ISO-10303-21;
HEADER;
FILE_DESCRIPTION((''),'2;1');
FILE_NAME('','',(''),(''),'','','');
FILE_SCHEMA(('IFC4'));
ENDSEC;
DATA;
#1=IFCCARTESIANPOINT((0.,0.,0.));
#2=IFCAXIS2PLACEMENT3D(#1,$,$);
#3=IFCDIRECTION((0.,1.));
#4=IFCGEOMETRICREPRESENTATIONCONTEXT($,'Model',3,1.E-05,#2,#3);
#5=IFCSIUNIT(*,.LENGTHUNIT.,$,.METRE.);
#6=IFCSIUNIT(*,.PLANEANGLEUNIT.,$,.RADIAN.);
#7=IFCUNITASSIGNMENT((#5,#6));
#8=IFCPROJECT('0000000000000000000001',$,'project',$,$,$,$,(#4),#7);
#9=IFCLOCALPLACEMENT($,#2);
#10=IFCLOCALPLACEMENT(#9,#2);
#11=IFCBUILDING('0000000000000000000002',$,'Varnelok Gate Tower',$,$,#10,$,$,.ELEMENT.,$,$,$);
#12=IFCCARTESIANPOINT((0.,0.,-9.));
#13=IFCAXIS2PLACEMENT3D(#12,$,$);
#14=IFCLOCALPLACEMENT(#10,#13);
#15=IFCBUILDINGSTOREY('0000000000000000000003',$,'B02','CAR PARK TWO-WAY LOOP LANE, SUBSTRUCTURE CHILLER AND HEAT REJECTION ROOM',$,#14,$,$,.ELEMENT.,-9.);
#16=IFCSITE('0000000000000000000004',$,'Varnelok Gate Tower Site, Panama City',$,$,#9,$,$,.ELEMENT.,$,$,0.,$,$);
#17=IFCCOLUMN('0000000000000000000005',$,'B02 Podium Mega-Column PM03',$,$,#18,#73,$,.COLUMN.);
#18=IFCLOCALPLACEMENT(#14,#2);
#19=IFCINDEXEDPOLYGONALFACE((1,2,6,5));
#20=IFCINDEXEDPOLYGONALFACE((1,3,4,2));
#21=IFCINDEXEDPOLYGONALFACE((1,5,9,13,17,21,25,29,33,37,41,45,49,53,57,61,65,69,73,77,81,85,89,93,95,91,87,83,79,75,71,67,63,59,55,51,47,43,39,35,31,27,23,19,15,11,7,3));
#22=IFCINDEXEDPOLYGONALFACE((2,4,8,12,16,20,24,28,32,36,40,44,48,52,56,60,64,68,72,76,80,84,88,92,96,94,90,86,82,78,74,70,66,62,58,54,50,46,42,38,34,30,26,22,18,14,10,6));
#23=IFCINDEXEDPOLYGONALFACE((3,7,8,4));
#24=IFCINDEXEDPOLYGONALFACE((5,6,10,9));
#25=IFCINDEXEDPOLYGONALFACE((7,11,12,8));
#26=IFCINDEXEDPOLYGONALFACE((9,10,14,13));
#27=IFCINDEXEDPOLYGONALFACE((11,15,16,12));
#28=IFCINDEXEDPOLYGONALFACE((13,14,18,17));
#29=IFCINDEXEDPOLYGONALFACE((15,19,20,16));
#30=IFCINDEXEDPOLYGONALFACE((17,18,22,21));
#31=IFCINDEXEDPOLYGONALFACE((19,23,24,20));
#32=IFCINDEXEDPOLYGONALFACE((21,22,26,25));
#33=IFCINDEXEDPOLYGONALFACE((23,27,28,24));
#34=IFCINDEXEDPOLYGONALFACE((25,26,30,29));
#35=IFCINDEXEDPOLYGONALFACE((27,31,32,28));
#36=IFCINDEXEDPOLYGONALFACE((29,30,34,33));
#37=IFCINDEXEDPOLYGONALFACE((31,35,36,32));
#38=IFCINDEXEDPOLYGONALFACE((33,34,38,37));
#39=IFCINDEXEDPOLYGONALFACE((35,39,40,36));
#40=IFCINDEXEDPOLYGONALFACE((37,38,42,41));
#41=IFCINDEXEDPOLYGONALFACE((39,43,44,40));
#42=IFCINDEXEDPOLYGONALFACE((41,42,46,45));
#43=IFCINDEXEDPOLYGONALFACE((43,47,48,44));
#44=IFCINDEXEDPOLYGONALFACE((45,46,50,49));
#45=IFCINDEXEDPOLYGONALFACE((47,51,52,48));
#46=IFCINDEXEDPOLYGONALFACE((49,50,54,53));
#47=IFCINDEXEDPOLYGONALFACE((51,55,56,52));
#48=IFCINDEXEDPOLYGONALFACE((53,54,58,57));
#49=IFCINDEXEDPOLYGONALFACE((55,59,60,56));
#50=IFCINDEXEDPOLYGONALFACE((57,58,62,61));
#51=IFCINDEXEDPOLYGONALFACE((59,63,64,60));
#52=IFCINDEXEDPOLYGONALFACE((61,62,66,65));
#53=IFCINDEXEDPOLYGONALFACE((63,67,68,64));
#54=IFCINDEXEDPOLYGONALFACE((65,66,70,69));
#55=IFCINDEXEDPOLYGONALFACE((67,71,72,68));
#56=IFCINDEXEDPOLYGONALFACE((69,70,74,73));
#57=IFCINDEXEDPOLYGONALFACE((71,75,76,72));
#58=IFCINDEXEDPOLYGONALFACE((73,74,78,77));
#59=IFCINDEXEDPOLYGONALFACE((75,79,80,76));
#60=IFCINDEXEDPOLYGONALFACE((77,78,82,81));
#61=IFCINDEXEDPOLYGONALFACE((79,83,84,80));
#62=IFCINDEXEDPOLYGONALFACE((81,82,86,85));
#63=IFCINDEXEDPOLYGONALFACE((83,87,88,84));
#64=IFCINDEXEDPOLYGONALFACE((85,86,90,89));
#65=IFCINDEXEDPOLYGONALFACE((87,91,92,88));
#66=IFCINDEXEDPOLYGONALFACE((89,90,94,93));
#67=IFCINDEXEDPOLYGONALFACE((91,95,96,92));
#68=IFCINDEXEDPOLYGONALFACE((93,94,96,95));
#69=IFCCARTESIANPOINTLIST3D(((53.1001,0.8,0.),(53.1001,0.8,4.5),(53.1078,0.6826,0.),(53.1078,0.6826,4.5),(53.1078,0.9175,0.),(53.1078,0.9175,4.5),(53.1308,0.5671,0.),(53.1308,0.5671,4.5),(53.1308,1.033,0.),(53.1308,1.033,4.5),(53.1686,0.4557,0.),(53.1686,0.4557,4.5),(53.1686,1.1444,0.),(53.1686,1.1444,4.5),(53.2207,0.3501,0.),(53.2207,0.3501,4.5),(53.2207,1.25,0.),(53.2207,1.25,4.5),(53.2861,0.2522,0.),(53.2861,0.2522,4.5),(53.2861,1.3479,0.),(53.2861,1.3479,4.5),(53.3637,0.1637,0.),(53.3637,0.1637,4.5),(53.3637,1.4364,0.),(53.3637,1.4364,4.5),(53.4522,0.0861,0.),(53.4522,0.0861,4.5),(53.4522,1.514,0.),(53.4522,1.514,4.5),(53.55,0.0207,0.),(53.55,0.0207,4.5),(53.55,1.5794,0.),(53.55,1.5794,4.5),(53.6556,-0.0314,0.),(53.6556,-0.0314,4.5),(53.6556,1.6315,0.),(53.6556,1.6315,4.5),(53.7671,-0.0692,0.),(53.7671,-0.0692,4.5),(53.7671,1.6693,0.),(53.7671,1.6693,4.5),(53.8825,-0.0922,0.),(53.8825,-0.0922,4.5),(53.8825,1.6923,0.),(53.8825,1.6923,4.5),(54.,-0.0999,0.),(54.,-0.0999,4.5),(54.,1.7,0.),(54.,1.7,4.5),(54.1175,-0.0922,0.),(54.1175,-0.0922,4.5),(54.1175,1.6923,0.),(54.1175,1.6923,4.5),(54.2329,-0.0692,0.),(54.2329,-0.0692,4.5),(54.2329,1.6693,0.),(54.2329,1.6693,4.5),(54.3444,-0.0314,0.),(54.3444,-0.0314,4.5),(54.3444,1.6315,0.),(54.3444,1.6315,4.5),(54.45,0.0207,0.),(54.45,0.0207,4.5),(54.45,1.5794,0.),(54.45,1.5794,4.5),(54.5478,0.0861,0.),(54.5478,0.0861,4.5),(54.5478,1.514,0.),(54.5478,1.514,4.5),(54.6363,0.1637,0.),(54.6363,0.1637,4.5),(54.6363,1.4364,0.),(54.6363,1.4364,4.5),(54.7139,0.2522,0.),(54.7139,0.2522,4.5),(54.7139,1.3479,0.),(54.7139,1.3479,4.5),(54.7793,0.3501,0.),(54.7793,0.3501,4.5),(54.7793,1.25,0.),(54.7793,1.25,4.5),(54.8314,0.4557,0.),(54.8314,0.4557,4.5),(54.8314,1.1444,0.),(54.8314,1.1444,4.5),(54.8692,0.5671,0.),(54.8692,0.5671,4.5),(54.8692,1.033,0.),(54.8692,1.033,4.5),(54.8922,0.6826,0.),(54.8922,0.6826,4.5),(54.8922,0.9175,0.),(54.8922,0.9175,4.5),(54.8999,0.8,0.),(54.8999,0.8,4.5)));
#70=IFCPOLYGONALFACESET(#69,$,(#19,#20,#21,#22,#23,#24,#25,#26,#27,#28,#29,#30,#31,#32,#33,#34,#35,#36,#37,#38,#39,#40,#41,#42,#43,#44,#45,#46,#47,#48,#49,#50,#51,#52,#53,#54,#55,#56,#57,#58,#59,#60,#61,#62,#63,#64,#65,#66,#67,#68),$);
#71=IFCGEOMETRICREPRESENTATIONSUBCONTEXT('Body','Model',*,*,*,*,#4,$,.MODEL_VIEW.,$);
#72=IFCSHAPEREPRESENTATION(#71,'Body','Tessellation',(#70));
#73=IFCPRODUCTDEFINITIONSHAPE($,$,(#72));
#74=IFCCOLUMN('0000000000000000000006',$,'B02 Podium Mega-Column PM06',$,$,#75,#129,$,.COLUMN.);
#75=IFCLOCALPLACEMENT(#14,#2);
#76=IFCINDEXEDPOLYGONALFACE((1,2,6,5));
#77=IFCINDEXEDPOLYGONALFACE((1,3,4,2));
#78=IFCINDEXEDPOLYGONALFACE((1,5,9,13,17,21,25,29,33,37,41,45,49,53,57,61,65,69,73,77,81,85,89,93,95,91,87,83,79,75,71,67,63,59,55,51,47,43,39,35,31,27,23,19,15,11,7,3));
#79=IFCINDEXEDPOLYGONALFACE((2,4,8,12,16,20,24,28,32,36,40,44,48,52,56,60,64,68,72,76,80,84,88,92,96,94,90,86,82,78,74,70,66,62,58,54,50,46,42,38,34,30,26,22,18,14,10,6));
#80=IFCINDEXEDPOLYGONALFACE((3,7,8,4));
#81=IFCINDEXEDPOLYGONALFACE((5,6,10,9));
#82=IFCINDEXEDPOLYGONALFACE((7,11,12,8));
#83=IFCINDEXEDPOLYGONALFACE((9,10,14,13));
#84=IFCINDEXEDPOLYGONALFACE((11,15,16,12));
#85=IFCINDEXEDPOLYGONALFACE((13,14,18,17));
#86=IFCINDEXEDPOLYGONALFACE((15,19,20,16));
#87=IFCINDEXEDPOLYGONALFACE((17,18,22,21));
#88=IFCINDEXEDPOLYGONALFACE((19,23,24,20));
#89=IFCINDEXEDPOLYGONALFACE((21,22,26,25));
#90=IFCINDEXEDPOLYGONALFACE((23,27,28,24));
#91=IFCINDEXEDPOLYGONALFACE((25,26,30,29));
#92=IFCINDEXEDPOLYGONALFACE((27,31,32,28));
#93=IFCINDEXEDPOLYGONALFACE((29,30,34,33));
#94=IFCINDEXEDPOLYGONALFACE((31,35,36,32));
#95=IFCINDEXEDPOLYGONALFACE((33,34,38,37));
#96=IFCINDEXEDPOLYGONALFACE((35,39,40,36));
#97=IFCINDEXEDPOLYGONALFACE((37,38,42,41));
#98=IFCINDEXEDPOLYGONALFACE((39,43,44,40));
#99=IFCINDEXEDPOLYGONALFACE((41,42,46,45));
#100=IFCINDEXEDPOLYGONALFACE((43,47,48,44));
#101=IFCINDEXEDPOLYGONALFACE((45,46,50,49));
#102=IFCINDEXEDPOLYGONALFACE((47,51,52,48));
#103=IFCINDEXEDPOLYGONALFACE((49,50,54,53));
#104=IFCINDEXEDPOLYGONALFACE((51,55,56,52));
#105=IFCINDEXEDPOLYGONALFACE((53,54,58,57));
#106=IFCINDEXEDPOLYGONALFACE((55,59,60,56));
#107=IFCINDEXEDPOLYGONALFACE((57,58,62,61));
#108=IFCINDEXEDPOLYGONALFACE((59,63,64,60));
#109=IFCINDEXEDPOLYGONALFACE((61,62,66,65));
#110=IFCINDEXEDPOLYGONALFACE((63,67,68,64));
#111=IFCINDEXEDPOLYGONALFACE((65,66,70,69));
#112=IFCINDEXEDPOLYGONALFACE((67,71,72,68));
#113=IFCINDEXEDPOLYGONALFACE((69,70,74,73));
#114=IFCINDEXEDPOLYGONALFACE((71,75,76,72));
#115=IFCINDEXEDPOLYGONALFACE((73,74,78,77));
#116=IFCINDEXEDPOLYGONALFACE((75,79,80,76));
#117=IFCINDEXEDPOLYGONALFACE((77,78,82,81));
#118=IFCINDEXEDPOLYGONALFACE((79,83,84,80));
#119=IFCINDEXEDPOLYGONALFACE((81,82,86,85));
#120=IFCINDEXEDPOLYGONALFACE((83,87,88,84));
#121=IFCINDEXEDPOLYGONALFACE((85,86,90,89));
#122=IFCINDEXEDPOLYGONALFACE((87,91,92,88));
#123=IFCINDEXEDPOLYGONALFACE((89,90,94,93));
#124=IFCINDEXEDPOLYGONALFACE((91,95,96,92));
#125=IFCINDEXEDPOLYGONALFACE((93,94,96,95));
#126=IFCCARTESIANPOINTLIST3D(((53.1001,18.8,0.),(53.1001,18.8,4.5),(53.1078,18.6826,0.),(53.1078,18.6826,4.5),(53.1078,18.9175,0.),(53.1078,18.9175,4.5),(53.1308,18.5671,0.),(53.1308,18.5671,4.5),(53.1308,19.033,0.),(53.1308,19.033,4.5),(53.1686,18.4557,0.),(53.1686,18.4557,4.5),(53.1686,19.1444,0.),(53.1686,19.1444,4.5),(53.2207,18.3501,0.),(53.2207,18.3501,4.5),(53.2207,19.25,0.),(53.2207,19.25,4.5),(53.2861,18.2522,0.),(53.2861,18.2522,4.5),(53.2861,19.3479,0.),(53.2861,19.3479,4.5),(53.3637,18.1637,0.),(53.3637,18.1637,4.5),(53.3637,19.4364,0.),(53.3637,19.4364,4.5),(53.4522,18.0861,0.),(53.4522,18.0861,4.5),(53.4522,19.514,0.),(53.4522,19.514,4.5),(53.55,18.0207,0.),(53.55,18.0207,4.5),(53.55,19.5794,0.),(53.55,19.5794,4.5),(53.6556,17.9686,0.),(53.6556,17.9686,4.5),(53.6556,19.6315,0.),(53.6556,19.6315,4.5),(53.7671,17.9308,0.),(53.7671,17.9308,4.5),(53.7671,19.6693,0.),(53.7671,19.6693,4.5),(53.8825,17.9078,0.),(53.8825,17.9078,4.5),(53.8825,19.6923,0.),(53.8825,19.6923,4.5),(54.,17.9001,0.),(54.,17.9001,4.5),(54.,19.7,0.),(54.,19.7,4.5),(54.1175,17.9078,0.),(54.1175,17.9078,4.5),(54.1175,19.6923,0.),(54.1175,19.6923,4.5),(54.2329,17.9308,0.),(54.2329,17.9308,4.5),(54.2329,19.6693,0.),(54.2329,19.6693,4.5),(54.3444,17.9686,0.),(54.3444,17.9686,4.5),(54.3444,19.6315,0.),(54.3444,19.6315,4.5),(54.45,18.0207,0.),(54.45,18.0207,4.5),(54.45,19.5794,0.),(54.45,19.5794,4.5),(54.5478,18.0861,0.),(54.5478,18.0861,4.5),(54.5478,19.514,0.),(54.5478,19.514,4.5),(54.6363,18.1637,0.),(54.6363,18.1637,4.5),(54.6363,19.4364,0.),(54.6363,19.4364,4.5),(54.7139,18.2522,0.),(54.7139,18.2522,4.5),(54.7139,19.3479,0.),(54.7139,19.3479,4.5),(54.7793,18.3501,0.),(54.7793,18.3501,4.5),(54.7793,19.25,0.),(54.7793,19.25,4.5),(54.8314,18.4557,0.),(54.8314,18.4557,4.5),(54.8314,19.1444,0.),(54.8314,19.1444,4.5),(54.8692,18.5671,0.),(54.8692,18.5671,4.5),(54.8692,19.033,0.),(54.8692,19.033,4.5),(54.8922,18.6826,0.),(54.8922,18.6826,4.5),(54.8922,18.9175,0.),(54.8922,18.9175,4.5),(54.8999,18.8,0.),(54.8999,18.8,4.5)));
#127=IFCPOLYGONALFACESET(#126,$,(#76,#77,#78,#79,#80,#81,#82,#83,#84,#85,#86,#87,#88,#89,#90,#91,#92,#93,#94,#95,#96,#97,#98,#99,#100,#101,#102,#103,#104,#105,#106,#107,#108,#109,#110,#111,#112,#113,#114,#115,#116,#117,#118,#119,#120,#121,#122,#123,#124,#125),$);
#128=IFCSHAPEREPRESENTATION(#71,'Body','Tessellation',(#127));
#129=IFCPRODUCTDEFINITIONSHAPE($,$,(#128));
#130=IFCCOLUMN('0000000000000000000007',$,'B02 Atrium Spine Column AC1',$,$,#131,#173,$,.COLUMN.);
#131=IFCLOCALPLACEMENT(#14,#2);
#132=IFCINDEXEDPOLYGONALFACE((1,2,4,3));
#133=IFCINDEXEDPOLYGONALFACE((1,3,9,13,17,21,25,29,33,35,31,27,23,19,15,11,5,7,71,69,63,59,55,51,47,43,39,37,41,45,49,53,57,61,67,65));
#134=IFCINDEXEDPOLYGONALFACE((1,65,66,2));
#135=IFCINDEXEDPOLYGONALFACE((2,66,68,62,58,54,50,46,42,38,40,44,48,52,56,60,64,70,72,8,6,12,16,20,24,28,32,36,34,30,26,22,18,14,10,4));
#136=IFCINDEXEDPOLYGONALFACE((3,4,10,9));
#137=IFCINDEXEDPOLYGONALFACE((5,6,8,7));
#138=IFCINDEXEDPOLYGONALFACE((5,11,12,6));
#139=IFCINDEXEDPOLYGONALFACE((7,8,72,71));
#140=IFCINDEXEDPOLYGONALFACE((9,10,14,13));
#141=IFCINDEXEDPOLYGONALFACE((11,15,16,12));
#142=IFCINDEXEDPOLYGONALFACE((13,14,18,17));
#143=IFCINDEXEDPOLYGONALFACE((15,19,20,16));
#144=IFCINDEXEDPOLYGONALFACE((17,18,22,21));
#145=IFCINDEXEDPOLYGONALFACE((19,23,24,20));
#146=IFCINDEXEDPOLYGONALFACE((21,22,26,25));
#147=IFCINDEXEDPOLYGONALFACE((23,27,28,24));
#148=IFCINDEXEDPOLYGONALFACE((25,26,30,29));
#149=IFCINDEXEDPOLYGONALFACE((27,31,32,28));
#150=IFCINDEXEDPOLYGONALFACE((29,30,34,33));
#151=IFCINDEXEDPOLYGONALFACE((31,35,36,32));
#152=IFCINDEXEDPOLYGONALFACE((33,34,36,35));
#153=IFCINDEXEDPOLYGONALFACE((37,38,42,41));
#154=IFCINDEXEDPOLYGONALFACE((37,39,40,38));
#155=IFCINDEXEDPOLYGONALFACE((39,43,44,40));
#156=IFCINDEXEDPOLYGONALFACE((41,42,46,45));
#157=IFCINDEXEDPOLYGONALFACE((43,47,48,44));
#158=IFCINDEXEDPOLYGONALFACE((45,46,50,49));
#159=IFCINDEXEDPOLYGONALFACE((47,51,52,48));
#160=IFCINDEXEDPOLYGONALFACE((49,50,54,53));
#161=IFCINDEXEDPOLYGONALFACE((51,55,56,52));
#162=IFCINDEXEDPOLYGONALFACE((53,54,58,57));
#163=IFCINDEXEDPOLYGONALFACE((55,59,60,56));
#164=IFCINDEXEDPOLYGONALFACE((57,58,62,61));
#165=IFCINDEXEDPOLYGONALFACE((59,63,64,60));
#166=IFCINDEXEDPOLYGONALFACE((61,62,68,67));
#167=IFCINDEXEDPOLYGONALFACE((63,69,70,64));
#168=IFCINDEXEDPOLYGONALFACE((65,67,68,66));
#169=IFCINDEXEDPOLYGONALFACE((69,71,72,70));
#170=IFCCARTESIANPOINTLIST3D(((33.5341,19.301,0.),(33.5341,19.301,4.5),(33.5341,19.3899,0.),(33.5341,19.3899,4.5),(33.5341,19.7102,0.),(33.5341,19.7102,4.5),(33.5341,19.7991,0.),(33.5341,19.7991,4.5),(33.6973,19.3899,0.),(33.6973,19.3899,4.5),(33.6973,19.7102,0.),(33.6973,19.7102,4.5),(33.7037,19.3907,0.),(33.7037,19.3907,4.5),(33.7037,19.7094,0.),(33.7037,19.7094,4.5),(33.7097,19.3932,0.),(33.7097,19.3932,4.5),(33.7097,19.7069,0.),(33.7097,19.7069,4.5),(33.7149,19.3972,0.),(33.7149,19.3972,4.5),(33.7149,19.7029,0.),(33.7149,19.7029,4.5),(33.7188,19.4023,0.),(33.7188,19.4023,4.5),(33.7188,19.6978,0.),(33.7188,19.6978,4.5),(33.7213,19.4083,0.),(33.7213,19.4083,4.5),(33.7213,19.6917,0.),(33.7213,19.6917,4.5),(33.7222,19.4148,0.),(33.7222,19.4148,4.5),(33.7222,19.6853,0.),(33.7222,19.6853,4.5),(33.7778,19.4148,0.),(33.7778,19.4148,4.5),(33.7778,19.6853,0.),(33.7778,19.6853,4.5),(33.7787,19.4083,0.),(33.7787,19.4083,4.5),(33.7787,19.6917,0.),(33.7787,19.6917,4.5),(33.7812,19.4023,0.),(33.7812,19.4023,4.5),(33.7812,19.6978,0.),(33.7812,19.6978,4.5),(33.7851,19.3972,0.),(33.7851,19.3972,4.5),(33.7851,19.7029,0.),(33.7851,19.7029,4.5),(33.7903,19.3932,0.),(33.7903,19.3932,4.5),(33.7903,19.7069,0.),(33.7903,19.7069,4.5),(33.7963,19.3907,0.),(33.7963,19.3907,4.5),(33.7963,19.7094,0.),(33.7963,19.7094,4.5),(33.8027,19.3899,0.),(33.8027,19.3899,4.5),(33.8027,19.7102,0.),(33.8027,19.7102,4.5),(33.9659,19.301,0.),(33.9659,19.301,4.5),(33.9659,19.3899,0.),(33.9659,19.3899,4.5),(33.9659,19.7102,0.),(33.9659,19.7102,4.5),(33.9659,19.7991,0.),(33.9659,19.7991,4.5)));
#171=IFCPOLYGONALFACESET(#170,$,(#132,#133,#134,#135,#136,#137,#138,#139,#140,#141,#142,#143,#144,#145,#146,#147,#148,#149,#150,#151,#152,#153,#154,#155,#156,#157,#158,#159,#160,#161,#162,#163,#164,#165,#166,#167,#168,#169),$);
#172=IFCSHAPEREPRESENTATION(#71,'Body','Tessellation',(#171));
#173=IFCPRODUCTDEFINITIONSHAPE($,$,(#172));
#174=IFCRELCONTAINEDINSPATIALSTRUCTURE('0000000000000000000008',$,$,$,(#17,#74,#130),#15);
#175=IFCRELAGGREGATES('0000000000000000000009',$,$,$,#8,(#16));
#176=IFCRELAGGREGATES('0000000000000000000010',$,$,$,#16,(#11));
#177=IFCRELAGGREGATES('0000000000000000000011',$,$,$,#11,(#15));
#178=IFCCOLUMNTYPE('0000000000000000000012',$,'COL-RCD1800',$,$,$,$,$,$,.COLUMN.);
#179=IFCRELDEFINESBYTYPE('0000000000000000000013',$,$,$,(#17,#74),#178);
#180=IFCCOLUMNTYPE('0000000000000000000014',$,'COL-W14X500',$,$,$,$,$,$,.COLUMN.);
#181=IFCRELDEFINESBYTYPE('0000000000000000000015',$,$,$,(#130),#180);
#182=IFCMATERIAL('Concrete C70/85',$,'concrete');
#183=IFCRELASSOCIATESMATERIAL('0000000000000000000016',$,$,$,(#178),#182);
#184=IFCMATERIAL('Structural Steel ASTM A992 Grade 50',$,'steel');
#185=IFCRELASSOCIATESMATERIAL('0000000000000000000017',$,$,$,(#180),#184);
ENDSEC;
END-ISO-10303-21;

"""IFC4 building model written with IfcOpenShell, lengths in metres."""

from ifc_helpers import new_model, si_unit, direction, frame, origin, origin_2d, place, context, subcontext, project, spatial, circle, i_section, extrude, material, material_profile, profile_set, type_object, element, save


model = new_model("IFC4")

# Units and contexts
model_context = context("Model", 3, precision=1e-05, world=origin(), true_north=direction((0.0, 1.0)))
body_context = subcontext(model_context, "Body", "Model", "MODEL_VIEW")
ifc_project = project(units=[si_unit("LENGTHUNIT", "METRE"), si_unit("PLANEANGLEUNIT", "RADIAN")], contexts=[model_context])

# Site, building, storey
site_placement = place(None, origin())
site = spatial("IfcSite", under=ifc_project, at=site_placement, Name="Varnelok Gate Tower Site, Panama City", CompositionType="ELEMENT", RefElevation=0.0)
building_placement = place(site_placement, origin())
building = spatial("IfcBuilding", under=site, at=building_placement, Name="Varnelok Gate Tower", CompositionType="ELEMENT")
storey_placement = place(building_placement, frame((0.0, 0.0, -9.0)))
storey = spatial("IfcBuildingStorey", under=building, at=storey_placement, Name="B02", Description="CAR PARK TWO-WAY LOOP LANE, SUBSTRUCTURE CHILLER AND HEAT REJECTION ROOM", CompositionType="ELEMENT", Elevation=-9.0)

# Columns
ifc_material_1 = material(Name="Concrete C70/85", Category="concrete")
ifc_material_profile_1 = material_profile(ifc_material_1, circle(Radius=0.8999, at=origin_2d()), Name="RCD1800")
ifc_profile_set_1 = profile_set([ifc_material_profile_1], Name="Concrete C70/85")
column_type_1 = type_object("IfcColumnType", Name="COL-RCD1800", PredefinedType="COLUMN", material=ifc_profile_set_1)
for number, where, z_axis, x_axis, name in (
    (1, (54.0, 0.8, 0.0), (0.0, 0.0, 1.0), (1.0, 0.0, 0.0), "B02 Podium Mega-Column PM03"),
    (2, (54.0, 18.8, 0.0), (0.0, 0.0, 1.0), (1.0, 0.0, 0.0), "B02 Podium Mega-Column PM06"),
):
    element("IfcColumn", number, at=place(storey_placement, frame(where, z_axis=z_axis, x_axis=x_axis)), inside=storey, type_object=column_type_1, Name=name, PredefinedType="COLUMN", context=body_context, shape_type="SweptSolid", body=[
        extrude(circle(Radius=0.8999, at=origin_2d()), origin(), (0.0, 0.0, 1.0), 4.5),
    ])
ifc_material_2 = material(Name="Structural Steel ASTM A992 Grade 50", Category="steel")
ifc_material_profile_2 = material_profile(ifc_material_2, i_section(OverallWidth=0.4319, OverallDepth=0.498, WebThickness=0.0557, FlangeThickness=0.0889, FilletRadius=0.0249, at=origin_2d()), Name="W14X500")
ifc_profile_set_2 = profile_set([ifc_material_profile_2], Name="Structural Steel ASTM A992 Grade 50")
column_type_2 = type_object("IfcColumnType", Name="COL-W14X500", PredefinedType="COLUMN", material=ifc_profile_set_2)
for number, where, z_axis, x_axis, name in (
    (3, (33.75, 19.55, 0.0), (0.0, 0.0, 1.0), (1.0, 0.0, 0.0), "B02 Atrium Spine Column AC1"),
):
    element("IfcColumn", number, at=place(storey_placement, frame(where, z_axis=z_axis, x_axis=x_axis)), inside=storey, type_object=column_type_2, Name=name, PredefinedType="COLUMN", context=body_context, shape_type="SweptSolid", body=[
        extrude(i_section(OverallWidth=0.4319, OverallDepth=0.498, WebThickness=0.0557, FlangeThickness=0.0889, FilletRadius=0.0249, at=origin_2d()), origin(), (0.0, 0.0, 1.0), 4.5),
    ])

save(model, "model.ifc")
